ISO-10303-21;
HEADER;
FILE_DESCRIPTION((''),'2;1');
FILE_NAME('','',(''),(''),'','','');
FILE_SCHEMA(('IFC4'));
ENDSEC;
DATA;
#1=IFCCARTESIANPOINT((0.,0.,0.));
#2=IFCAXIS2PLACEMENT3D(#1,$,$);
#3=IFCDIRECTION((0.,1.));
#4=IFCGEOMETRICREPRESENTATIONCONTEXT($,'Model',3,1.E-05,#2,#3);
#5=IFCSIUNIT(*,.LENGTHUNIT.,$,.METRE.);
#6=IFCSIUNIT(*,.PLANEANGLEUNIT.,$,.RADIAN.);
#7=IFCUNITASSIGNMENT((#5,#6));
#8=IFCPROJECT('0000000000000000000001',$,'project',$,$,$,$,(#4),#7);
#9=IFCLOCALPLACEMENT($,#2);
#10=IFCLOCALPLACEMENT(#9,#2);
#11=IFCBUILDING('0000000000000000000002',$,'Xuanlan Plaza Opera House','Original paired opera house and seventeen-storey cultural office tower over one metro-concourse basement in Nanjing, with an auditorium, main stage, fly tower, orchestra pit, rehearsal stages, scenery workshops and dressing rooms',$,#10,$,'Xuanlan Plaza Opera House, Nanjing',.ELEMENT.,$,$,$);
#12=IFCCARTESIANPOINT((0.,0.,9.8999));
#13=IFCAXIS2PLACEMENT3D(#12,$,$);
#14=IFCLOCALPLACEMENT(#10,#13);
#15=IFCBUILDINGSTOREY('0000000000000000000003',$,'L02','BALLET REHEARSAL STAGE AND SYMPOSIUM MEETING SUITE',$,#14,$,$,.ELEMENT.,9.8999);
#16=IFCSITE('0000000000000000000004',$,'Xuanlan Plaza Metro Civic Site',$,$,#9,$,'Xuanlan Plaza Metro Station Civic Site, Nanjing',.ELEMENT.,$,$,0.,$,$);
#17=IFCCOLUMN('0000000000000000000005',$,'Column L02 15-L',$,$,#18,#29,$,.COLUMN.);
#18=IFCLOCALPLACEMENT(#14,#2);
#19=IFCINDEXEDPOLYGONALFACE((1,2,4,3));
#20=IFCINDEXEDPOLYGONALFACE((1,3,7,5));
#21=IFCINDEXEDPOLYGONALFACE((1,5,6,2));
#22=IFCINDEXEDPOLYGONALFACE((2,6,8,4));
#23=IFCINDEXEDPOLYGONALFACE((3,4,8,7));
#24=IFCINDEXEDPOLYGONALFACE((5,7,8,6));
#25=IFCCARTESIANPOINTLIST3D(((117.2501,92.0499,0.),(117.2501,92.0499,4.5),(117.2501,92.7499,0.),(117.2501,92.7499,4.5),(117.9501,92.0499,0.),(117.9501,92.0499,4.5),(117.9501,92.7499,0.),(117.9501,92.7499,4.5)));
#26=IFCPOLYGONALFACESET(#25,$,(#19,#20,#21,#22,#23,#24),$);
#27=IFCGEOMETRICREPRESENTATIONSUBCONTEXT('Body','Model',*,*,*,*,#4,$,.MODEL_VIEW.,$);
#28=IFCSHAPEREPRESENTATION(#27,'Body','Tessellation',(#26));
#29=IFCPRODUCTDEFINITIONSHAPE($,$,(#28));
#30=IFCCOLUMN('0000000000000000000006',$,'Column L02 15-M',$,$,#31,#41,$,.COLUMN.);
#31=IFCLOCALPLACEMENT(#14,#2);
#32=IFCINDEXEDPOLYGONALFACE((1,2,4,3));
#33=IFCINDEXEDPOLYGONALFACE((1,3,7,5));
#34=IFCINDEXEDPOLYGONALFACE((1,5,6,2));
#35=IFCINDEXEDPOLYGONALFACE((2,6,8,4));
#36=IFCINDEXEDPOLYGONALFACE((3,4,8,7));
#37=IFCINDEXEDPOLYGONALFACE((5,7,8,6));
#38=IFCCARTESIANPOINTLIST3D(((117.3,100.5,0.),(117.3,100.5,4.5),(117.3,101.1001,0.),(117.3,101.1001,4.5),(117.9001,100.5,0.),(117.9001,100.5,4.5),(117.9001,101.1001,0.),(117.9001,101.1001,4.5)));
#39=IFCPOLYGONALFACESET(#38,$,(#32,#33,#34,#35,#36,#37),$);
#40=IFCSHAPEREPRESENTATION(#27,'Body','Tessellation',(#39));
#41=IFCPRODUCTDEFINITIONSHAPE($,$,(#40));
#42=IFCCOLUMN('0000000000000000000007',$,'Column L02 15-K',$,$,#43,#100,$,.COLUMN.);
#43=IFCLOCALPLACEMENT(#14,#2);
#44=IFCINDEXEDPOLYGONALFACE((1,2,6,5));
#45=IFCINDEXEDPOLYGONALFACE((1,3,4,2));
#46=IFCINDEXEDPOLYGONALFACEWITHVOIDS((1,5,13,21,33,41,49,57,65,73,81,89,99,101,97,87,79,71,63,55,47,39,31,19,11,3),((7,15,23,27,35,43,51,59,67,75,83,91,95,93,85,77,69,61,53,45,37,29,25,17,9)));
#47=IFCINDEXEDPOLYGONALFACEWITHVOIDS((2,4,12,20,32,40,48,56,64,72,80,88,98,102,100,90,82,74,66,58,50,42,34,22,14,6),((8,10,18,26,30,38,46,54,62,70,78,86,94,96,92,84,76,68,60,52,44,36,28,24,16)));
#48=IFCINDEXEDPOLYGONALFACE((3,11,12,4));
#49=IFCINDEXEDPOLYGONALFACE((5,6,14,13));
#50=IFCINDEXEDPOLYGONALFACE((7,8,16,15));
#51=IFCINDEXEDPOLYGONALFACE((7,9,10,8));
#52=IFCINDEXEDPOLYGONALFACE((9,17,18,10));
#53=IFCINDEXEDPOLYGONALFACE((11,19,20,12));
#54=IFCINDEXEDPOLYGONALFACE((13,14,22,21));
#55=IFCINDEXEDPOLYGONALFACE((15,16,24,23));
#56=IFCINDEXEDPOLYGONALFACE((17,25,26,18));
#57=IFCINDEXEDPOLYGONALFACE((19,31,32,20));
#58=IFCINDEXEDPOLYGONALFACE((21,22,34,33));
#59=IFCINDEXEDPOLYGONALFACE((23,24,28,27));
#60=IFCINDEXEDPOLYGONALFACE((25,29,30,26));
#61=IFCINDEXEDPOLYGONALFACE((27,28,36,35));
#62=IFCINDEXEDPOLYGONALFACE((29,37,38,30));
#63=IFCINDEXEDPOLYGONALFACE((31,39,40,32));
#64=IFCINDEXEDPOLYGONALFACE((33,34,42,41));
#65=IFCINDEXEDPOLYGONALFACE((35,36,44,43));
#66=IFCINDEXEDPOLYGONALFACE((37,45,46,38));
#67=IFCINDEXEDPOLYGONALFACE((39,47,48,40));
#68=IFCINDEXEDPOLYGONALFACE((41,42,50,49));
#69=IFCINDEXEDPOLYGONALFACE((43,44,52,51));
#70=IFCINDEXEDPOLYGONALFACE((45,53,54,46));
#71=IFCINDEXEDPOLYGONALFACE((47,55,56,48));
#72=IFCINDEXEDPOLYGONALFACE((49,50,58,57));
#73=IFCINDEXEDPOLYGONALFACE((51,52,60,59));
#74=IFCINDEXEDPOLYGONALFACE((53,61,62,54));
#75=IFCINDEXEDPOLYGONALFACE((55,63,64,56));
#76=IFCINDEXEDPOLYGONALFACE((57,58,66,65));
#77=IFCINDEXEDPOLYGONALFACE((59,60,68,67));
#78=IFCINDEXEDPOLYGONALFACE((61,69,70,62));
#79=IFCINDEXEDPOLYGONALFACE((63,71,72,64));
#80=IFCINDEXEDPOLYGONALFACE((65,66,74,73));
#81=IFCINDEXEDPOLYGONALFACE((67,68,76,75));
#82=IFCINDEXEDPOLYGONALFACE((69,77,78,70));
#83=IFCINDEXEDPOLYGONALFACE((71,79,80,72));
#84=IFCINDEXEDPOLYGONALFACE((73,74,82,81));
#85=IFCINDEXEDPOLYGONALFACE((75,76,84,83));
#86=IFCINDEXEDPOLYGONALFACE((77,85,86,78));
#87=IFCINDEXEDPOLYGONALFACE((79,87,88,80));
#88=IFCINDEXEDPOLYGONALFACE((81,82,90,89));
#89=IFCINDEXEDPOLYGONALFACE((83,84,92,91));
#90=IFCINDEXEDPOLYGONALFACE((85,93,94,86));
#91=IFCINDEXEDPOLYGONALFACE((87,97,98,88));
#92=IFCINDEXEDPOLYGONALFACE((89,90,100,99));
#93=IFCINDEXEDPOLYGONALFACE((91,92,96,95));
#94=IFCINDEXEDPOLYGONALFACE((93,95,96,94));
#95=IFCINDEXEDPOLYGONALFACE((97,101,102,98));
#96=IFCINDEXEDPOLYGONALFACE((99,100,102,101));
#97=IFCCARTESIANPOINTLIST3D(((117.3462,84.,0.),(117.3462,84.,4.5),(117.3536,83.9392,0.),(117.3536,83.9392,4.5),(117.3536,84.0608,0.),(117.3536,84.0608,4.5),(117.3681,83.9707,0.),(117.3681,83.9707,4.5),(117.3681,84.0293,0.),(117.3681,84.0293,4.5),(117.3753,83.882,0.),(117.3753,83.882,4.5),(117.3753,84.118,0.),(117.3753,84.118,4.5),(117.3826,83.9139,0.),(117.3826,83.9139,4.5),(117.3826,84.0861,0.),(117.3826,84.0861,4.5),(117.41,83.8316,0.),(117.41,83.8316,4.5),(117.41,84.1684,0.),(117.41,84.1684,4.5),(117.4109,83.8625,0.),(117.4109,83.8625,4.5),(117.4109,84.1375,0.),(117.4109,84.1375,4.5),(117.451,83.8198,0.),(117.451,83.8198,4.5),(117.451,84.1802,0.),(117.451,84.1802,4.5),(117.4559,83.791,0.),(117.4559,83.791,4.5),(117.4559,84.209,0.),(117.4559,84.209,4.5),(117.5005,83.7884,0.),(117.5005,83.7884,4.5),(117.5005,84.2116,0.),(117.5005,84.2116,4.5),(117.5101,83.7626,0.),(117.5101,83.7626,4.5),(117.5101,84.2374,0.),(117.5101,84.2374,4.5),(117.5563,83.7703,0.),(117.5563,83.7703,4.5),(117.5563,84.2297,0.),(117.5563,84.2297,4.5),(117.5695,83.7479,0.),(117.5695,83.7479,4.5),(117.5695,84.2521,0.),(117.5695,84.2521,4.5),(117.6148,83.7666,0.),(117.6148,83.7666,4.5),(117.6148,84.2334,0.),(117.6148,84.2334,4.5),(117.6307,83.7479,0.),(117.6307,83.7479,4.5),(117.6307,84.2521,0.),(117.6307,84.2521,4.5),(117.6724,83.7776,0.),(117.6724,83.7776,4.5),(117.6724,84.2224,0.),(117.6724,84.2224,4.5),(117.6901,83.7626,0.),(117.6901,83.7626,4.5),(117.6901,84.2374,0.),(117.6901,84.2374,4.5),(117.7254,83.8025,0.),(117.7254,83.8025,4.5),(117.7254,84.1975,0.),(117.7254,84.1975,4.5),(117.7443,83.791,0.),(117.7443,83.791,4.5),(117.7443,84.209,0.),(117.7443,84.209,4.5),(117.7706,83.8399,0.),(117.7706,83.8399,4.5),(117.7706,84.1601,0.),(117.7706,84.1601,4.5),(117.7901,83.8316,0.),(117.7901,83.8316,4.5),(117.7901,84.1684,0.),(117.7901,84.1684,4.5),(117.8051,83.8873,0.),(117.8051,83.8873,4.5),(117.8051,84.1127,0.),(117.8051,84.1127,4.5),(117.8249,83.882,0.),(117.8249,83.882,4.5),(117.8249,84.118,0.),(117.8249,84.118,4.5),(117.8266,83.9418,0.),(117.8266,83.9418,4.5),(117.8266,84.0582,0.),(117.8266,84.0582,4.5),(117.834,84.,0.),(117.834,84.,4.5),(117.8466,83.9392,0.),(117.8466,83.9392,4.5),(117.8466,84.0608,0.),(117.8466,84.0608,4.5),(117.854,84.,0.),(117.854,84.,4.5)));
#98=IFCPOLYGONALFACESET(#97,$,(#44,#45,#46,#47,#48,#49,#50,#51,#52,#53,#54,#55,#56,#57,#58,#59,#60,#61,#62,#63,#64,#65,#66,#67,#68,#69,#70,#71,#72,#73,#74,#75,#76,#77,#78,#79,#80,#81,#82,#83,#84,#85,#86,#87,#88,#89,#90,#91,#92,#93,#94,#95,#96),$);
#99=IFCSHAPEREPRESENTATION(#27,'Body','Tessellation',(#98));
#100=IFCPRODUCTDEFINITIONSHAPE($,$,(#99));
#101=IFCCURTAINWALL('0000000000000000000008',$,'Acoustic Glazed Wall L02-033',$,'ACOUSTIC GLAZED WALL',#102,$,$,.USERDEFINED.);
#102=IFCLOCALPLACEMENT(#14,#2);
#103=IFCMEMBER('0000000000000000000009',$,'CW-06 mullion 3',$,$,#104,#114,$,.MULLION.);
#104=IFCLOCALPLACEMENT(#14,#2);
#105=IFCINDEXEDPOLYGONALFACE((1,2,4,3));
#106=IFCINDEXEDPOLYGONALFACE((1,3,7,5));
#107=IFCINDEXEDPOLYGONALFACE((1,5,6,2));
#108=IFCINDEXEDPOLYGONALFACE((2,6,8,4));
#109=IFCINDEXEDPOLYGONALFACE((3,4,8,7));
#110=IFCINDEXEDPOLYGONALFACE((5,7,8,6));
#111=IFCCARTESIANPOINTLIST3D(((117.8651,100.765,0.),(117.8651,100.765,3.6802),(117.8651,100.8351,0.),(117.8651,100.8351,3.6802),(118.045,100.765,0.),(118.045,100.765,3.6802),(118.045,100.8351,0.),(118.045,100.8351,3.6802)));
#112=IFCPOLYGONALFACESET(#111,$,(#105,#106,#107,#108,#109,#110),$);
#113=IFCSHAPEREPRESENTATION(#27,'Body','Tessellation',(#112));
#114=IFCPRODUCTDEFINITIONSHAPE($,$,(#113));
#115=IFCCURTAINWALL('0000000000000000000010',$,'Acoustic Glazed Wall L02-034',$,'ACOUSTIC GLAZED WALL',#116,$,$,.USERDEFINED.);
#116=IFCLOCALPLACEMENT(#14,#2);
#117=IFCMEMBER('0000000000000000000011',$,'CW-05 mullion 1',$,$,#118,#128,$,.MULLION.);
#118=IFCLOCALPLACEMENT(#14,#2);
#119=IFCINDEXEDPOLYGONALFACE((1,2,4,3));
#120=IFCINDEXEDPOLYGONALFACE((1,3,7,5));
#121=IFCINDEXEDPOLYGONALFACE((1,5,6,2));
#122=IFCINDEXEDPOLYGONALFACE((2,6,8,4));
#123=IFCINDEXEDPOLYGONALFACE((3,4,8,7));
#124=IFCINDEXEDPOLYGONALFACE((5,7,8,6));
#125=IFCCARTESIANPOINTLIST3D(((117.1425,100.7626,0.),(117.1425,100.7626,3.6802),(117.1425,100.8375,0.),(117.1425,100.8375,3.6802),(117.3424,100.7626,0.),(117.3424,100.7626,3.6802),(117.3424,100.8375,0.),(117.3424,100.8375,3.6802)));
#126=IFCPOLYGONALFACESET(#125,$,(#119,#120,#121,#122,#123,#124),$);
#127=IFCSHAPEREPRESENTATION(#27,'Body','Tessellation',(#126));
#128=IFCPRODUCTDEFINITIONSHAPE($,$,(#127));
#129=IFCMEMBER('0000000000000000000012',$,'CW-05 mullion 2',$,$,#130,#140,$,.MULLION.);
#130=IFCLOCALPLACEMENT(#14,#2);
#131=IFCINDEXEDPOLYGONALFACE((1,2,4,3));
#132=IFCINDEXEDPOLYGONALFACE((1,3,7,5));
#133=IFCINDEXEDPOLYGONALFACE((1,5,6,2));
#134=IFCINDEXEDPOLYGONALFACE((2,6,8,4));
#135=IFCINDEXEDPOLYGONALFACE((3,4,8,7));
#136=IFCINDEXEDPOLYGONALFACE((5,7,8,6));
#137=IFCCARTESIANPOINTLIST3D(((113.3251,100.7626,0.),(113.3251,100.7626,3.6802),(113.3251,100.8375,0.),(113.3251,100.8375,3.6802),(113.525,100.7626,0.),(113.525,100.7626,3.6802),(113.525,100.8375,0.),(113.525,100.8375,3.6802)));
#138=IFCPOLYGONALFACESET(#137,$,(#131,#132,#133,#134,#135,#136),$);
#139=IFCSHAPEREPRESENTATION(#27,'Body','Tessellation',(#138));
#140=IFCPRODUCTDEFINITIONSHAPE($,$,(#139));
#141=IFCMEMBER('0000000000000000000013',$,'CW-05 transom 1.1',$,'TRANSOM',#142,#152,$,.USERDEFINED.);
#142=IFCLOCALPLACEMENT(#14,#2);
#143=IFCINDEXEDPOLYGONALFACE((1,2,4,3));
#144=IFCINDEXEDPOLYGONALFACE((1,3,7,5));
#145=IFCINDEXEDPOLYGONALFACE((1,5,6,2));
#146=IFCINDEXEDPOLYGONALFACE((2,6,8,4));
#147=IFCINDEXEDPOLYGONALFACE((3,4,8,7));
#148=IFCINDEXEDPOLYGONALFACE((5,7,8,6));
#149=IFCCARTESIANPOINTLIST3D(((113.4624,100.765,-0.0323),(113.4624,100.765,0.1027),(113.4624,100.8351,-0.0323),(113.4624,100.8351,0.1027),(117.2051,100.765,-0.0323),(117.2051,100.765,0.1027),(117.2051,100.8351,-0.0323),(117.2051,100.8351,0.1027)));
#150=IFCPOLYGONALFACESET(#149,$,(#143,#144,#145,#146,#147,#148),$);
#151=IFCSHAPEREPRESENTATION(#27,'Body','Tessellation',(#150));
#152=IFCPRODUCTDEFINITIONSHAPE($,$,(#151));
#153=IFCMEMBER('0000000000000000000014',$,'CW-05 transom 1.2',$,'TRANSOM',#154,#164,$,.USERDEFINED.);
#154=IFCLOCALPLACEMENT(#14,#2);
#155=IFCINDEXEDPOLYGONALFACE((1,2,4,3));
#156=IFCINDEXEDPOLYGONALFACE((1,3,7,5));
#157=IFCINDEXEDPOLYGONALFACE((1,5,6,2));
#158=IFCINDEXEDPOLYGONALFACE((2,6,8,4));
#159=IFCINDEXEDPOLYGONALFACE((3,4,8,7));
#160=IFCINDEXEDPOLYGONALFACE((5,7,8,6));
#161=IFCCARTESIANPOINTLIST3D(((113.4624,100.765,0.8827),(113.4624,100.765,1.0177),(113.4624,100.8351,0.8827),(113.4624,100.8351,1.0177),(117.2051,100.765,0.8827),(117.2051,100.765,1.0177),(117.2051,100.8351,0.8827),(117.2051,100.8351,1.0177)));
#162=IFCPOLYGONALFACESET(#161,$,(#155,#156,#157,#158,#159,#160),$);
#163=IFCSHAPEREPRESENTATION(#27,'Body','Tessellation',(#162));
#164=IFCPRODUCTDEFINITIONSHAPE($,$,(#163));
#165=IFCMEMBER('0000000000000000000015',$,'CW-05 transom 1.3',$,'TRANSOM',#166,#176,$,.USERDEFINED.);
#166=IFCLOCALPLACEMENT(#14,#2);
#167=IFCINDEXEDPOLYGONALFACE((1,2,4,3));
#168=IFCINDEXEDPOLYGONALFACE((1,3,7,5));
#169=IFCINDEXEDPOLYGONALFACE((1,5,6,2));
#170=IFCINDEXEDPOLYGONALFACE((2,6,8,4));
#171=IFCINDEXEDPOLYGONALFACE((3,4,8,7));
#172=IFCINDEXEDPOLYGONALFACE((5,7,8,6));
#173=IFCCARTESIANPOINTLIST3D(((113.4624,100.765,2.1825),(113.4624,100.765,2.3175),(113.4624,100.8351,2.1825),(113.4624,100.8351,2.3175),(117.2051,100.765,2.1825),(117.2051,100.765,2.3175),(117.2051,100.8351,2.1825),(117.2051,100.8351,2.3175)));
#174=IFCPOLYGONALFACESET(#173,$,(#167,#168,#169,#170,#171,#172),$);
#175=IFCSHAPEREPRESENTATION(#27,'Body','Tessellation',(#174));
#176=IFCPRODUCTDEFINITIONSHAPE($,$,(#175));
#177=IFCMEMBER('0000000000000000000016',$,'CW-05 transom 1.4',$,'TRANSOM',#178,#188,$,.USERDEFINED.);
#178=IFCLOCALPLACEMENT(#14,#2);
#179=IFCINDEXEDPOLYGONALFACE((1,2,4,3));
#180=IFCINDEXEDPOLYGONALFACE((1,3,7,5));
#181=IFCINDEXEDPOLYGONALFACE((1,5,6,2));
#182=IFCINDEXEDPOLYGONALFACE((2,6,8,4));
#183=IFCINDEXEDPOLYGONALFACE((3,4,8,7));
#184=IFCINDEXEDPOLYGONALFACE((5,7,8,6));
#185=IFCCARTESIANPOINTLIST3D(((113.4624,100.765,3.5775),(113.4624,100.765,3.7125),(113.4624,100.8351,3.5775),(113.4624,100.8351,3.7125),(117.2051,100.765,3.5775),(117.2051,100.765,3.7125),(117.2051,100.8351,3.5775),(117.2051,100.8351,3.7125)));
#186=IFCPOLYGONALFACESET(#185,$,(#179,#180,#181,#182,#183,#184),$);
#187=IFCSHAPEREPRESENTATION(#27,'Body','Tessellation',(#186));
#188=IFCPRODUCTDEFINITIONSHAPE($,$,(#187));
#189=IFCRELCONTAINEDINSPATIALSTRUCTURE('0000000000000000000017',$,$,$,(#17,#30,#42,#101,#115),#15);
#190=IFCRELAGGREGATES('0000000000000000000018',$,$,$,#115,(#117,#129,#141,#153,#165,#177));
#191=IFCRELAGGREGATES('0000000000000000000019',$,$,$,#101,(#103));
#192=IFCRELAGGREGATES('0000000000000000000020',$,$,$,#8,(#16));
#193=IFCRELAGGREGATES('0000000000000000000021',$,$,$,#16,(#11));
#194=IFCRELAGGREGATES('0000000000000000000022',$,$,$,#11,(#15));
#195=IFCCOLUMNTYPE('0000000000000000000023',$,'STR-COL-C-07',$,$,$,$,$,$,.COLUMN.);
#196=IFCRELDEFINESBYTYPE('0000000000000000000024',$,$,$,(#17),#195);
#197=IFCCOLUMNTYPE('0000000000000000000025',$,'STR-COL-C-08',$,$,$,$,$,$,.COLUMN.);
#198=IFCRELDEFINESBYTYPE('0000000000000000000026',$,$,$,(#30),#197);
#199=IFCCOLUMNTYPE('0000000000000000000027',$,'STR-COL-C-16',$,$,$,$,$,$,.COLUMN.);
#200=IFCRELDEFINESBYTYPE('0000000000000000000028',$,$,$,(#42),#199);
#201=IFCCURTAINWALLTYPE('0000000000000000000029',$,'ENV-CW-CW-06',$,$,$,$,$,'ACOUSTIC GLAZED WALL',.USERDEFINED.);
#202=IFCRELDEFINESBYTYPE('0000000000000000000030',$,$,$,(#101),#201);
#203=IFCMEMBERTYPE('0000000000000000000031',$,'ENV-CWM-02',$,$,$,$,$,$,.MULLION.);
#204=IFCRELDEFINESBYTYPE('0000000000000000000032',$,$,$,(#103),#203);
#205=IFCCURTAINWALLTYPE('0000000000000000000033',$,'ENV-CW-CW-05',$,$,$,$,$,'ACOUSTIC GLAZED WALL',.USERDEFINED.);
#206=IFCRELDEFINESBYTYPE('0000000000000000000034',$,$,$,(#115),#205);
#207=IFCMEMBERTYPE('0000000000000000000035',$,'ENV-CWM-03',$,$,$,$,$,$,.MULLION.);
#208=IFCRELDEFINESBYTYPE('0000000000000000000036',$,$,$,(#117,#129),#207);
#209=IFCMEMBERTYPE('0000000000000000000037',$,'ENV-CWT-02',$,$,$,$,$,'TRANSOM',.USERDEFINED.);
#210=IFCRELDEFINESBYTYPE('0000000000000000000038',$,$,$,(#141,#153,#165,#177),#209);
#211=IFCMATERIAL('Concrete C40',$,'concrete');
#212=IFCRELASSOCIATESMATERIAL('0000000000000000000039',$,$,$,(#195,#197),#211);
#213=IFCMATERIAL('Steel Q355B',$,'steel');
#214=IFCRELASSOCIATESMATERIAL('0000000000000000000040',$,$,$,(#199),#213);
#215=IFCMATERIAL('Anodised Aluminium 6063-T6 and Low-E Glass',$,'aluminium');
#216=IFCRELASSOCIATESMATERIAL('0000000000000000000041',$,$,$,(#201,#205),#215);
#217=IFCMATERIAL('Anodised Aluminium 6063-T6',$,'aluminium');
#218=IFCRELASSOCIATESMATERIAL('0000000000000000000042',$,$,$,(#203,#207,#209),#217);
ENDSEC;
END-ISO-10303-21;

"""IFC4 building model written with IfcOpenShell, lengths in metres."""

from ifc_helpers import new_model, si_unit, direction, frame, origin, origin_2d, place, context, subcontext, project, spatial, rectangle, hollow_circle, extrude, material, material_profile, profile_set, type_object, element, aggregate, save


model = new_model("IFC4")

# Units and contexts
model_context = context("Model", 3, precision=1e-05, world=origin(), true_north=direction((0.0, 1.0)))
body_context = subcontext(model_context, "Body", "Model", "MODEL_VIEW")
ifc_project = project(units=[si_unit("LENGTHUNIT", "METRE"), si_unit("PLANEANGLEUNIT", "RADIAN")], contexts=[model_context])

# Site, building, storey
site_placement = place(None, origin())
site = spatial("IfcSite", under=ifc_project, at=site_placement, Name="Xuanlan Plaza Metro Civic Site", LongName="Xuanlan Plaza Metro Station Civic Site, Nanjing", CompositionType="ELEMENT", RefElevation=0.0)
building_placement = place(site_placement, origin())
building = spatial("IfcBuilding", under=site, at=building_placement, Name="Xuanlan Plaza Opera House", Description="Original paired opera house and seventeen-storey cultural office tower over one metro-concourse basement in Nanjing, with an auditorium, main stage, fly tower, orchestra pit, rehearsal stages, scenery workshops and dressing rooms", LongName="Xuanlan Plaza Opera House, Nanjing", CompositionType="ELEMENT")
storey_placement = place(building_placement, frame((0.0, 0.0, 9.8999)))
storey = spatial("IfcBuildingStorey", under=building, at=storey_placement, Name="L02", Description="BALLET REHEARSAL STAGE AND SYMPOSIUM MEETING SUITE", CompositionType="ELEMENT", Elevation=9.8999)

# Columns
ifc_material_1 = material(Name="Concrete C40", Category="concrete")
ifc_material_profile_1 = material_profile(ifc_material_1, rectangle(XDim=0.7, YDim=0.7, at=origin_2d()), Name="RC-COL 700x700")
ifc_profile_set_1 = profile_set([ifc_material_profile_1], Name="Concrete C40")
column_type_1 = type_object("IfcColumnType", Name="STR-COL-C-07", PredefinedType="COLUMN", material=ifc_profile_set_1)
column_1_placement = place(storey_placement, frame((117.6001, 92.3999, 0.0), z_axis=(0.0, 0.0, 1.0), x_axis=(1.0, 0.0, 0.0)))
element("IfcColumn", 1, at=column_1_placement, inside=storey, type_object=column_type_1, Name="Column L02 15-L", PredefinedType="COLUMN", context=body_context, shape_type="SweptSolid", body=[
    extrude(rectangle(XDim=0.7, YDim=0.7, at=origin_2d()), origin(), (0.0, 0.0, 1.0), 4.5),
])
ifc_material_profile_2 = material_profile(ifc_material_1, rectangle(XDim=0.6001, YDim=0.6001, at=origin_2d()), Name="RC-COL 600x600")
ifc_profile_set_2 = profile_set([ifc_material_profile_2], Name="Concrete C40")
column_type_2 = type_object("IfcColumnType", Name="STR-COL-C-08", PredefinedType="COLUMN", material=ifc_profile_set_2)
column_2_placement = place(storey_placement, frame((117.6001, 100.8, 0.0), z_axis=(0.0, 0.0, 1.0), x_axis=(1.0, 0.0, 0.0)))
element("IfcColumn", 2, at=column_2_placement, inside=storey, type_object=column_type_2, Name="Column L02 15-M", PredefinedType="COLUMN", context=body_context, shape_type="SweptSolid", body=[
    extrude(rectangle(XDim=0.6001, YDim=0.6001, at=origin_2d()), origin(), (0.0, 0.0, 1.0), 4.5),
])
ifc_material_2 = material(Name="Steel Q355B", Category="steel")
ifc_material_profile_3 = material_profile(ifc_material_2, hollow_circle(Radius=0.2539, WallThickness=0.02, at=origin_2d()), Name="CHS 508x20")
ifc_profile_set_3 = profile_set([ifc_material_profile_3], Name="Steel Q355B")
column_type_3 = type_object("IfcColumnType", Name="STR-COL-C-16", PredefinedType="COLUMN", material=ifc_profile_set_3)
column_3_placement = place(storey_placement, frame((117.6001, 84.0, 0.0), z_axis=(0.0, 0.0, 1.0), x_axis=(1.0, 0.0, 0.0)))
element("IfcColumn", 3, at=column_3_placement, inside=storey, type_object=column_type_3, Name="Column L02 15-K", PredefinedType="COLUMN", context=body_context, shape_type="SweptSolid", body=[
    extrude(hollow_circle(Radius=0.2539, WallThickness=0.02, at=origin_2d()), origin(), (0.0, 0.0, 1.0), 4.5),
])

# Curtain wall, member
ifc_material_3 = material(Name="Anodised Aluminium 6063-T6 and Low-E Glass", Category="aluminium")
curtain_wall_type_1 = type_object("IfcCurtainWallType", Name="ENV-CW-CW-06", ElementType="ACOUSTIC GLAZED WALL", PredefinedType="USERDEFINED", material=ifc_material_3)
curtain_wall_1_placement = place(storey_placement, origin())
curtain_wall_1 = element("IfcCurtainWall", 4, at=curtain_wall_1_placement, inside=storey, type_object=curtain_wall_type_1, Name="Acoustic Glazed Wall L02-033", ObjectType="ACOUSTIC GLAZED WALL", PredefinedType="USERDEFINED")
ifc_material_4 = material(Name="Anodised Aluminium 6063-T6", Category="aluminium")
ifc_material_profile_4 = material_profile(ifc_material_4, rectangle(XDim=0.0701, YDim=0.1799, at=origin_2d()), Name="ALU-M 70x180")
ifc_profile_set_4 = profile_set([ifc_material_profile_4], Name="Anodised Aluminium 6063-T6")
member_type_1 = type_object("IfcMemberType", Name="ENV-CWM-02", PredefinedType="MULLION", material=ifc_profile_set_4)
member_1_placement = place(storey_placement, frame((117.9551, 100.8, 0.0), z_axis=(0.0, 0.0, 1.0), x_axis=(0.0, -1.0, 0.0)))
member_1 = element("IfcMember", 5, at=member_1_placement, type_object=member_type_1, Name="CW-06 mullion 3", PredefinedType="MULLION", context=body_context, shape_type="SweptSolid", body=[
    extrude(rectangle(XDim=0.0701, YDim=0.1799, at=origin_2d()), origin(), (0.0, 0.0, 1.0), 3.6802),
])

# Curtain wall, members
curtain_wall_type_2 = type_object("IfcCurtainWallType", Name="ENV-CW-CW-05", ElementType="ACOUSTIC GLAZED WALL", PredefinedType="USERDEFINED", material=ifc_material_3)
curtain_wall_2_placement = place(storey_placement, origin())
curtain_wall_2 = element("IfcCurtainWall", 6, at=curtain_wall_2_placement, inside=storey, type_object=curtain_wall_type_2, Name="Acoustic Glazed Wall L02-034", ObjectType="ACOUSTIC GLAZED WALL", PredefinedType="USERDEFINED")
ifc_material_profile_5 = material_profile(ifc_material_4, rectangle(XDim=0.075, YDim=0.2, at=origin_2d()), Name="ALU-M 75x200")
ifc_profile_set_5 = profile_set([ifc_material_profile_5], Name="Anodised Aluminium 6063-T6")
member_type_2 = type_object("IfcMemberType", Name="ENV-CWM-03", PredefinedType="MULLION", material=ifc_profile_set_5)
member_2_placement = place(storey_placement, frame((117.2424, 100.8, 0.0), z_axis=(0.0, 0.0, 1.0), x_axis=(0.0, -1.0, 0.0)))
member_2 = element("IfcMember", 7, at=member_2_placement, type_object=member_type_2, Name="CW-05 mullion 1", PredefinedType="MULLION", context=body_context, shape_type="SweptSolid", body=[
    extrude(rectangle(XDim=0.075, YDim=0.2, at=origin_2d()), origin(), (0.0, 0.0, 1.0), 3.6802),
])
member_3_placement = place(storey_placement, frame((113.425, 100.8, 0.0), z_axis=(0.0, 0.0, 1.0), x_axis=(0.0, -1.0, 0.0)))
member_3 = element("IfcMember", 8, at=member_3_placement, type_object=member_type_2, Name="CW-05 mullion 2", PredefinedType="MULLION", context=body_context, shape_type="SweptSolid", body=[
    extrude(rectangle(XDim=0.075, YDim=0.2, at=origin_2d()), origin(), (0.0, 0.0, 1.0), 3.6802),
])
ifc_material_profile_6 = material_profile(ifc_material_4, rectangle(XDim=0.0701, YDim=0.135, at=origin_2d()), Name="ALU-T 70x135")
ifc_profile_set_6 = profile_set([ifc_material_profile_6], Name="Anodised Aluminium 6063-T6")
member_type_3 = type_object("IfcMemberType", Name="ENV-CWT-02", ElementType="TRANSOM", PredefinedType="USERDEFINED", material=ifc_profile_set_6)
member_4_placement = place(storey_placement, frame((117.2051, 100.8, 0.0352), z_axis=(-1.0, 0.0, 0.0), x_axis=(0.0, -1.0, 0.0)))
member_4 = element("IfcMember", 9, at=member_4_placement, type_object=member_type_3, Name="CW-05 transom 1.1", ObjectType="TRANSOM", PredefinedType="USERDEFINED", context=body_context, shape_type="SweptSolid", body=[
    extrude(rectangle(XDim=0.0701, YDim=0.135, at=origin_2d()), origin(), (0.0, 0.0, 1.0), 3.7427),
])
member_5_placement = place(storey_placement, frame((117.2051, 100.8, 0.9502), z_axis=(-1.0, 0.0, 0.0), x_axis=(0.0, -1.0, 0.0)))
member_5 = element("IfcMember", 10, at=member_5_placement, type_object=member_type_3, Name="CW-05 transom 1.2", ObjectType="TRANSOM", PredefinedType="USERDEFINED", context=body_context, shape_type="SweptSolid", body=[
    extrude(rectangle(XDim=0.0701, YDim=0.135, at=origin_2d()), origin(), (0.0, 0.0, 1.0), 3.7427),
])
member_6_placement = place(storey_placement, frame((117.2051, 100.8, 2.25), z_axis=(-1.0, 0.0, 0.0), x_axis=(0.0, -1.0, 0.0)))
member_6 = element("IfcMember", 11, at=member_6_placement, type_object=member_type_3, Name="CW-05 transom 1.3", ObjectType="TRANSOM", PredefinedType="USERDEFINED", context=body_context, shape_type="SweptSolid", body=[
    extrude(rectangle(XDim=0.0701, YDim=0.135, at=origin_2d()), origin(), (0.0, 0.0, 1.0), 3.7427),
])
member_7_placement = place(storey_placement, frame((117.2051, 100.8, 3.645), z_axis=(-1.0, 0.0, 0.0), x_axis=(0.0, -1.0, 0.0)))
member_7 = element("IfcMember", 12, at=member_7_placement, type_object=member_type_3, Name="CW-05 transom 1.4", ObjectType="TRANSOM", PredefinedType="USERDEFINED", context=body_context, shape_type="SweptSolid", body=[
    extrude(rectangle(XDim=0.0701, YDim=0.135, at=origin_2d()), origin(), (0.0, 0.0, 1.0), 3.7427),
])

aggregate(curtain_wall_2, [member_2, member_3, member_4, member_5, member_6, member_7])
aggregate(curtain_wall_1, [member_1])

save(model, "model.ifc")
